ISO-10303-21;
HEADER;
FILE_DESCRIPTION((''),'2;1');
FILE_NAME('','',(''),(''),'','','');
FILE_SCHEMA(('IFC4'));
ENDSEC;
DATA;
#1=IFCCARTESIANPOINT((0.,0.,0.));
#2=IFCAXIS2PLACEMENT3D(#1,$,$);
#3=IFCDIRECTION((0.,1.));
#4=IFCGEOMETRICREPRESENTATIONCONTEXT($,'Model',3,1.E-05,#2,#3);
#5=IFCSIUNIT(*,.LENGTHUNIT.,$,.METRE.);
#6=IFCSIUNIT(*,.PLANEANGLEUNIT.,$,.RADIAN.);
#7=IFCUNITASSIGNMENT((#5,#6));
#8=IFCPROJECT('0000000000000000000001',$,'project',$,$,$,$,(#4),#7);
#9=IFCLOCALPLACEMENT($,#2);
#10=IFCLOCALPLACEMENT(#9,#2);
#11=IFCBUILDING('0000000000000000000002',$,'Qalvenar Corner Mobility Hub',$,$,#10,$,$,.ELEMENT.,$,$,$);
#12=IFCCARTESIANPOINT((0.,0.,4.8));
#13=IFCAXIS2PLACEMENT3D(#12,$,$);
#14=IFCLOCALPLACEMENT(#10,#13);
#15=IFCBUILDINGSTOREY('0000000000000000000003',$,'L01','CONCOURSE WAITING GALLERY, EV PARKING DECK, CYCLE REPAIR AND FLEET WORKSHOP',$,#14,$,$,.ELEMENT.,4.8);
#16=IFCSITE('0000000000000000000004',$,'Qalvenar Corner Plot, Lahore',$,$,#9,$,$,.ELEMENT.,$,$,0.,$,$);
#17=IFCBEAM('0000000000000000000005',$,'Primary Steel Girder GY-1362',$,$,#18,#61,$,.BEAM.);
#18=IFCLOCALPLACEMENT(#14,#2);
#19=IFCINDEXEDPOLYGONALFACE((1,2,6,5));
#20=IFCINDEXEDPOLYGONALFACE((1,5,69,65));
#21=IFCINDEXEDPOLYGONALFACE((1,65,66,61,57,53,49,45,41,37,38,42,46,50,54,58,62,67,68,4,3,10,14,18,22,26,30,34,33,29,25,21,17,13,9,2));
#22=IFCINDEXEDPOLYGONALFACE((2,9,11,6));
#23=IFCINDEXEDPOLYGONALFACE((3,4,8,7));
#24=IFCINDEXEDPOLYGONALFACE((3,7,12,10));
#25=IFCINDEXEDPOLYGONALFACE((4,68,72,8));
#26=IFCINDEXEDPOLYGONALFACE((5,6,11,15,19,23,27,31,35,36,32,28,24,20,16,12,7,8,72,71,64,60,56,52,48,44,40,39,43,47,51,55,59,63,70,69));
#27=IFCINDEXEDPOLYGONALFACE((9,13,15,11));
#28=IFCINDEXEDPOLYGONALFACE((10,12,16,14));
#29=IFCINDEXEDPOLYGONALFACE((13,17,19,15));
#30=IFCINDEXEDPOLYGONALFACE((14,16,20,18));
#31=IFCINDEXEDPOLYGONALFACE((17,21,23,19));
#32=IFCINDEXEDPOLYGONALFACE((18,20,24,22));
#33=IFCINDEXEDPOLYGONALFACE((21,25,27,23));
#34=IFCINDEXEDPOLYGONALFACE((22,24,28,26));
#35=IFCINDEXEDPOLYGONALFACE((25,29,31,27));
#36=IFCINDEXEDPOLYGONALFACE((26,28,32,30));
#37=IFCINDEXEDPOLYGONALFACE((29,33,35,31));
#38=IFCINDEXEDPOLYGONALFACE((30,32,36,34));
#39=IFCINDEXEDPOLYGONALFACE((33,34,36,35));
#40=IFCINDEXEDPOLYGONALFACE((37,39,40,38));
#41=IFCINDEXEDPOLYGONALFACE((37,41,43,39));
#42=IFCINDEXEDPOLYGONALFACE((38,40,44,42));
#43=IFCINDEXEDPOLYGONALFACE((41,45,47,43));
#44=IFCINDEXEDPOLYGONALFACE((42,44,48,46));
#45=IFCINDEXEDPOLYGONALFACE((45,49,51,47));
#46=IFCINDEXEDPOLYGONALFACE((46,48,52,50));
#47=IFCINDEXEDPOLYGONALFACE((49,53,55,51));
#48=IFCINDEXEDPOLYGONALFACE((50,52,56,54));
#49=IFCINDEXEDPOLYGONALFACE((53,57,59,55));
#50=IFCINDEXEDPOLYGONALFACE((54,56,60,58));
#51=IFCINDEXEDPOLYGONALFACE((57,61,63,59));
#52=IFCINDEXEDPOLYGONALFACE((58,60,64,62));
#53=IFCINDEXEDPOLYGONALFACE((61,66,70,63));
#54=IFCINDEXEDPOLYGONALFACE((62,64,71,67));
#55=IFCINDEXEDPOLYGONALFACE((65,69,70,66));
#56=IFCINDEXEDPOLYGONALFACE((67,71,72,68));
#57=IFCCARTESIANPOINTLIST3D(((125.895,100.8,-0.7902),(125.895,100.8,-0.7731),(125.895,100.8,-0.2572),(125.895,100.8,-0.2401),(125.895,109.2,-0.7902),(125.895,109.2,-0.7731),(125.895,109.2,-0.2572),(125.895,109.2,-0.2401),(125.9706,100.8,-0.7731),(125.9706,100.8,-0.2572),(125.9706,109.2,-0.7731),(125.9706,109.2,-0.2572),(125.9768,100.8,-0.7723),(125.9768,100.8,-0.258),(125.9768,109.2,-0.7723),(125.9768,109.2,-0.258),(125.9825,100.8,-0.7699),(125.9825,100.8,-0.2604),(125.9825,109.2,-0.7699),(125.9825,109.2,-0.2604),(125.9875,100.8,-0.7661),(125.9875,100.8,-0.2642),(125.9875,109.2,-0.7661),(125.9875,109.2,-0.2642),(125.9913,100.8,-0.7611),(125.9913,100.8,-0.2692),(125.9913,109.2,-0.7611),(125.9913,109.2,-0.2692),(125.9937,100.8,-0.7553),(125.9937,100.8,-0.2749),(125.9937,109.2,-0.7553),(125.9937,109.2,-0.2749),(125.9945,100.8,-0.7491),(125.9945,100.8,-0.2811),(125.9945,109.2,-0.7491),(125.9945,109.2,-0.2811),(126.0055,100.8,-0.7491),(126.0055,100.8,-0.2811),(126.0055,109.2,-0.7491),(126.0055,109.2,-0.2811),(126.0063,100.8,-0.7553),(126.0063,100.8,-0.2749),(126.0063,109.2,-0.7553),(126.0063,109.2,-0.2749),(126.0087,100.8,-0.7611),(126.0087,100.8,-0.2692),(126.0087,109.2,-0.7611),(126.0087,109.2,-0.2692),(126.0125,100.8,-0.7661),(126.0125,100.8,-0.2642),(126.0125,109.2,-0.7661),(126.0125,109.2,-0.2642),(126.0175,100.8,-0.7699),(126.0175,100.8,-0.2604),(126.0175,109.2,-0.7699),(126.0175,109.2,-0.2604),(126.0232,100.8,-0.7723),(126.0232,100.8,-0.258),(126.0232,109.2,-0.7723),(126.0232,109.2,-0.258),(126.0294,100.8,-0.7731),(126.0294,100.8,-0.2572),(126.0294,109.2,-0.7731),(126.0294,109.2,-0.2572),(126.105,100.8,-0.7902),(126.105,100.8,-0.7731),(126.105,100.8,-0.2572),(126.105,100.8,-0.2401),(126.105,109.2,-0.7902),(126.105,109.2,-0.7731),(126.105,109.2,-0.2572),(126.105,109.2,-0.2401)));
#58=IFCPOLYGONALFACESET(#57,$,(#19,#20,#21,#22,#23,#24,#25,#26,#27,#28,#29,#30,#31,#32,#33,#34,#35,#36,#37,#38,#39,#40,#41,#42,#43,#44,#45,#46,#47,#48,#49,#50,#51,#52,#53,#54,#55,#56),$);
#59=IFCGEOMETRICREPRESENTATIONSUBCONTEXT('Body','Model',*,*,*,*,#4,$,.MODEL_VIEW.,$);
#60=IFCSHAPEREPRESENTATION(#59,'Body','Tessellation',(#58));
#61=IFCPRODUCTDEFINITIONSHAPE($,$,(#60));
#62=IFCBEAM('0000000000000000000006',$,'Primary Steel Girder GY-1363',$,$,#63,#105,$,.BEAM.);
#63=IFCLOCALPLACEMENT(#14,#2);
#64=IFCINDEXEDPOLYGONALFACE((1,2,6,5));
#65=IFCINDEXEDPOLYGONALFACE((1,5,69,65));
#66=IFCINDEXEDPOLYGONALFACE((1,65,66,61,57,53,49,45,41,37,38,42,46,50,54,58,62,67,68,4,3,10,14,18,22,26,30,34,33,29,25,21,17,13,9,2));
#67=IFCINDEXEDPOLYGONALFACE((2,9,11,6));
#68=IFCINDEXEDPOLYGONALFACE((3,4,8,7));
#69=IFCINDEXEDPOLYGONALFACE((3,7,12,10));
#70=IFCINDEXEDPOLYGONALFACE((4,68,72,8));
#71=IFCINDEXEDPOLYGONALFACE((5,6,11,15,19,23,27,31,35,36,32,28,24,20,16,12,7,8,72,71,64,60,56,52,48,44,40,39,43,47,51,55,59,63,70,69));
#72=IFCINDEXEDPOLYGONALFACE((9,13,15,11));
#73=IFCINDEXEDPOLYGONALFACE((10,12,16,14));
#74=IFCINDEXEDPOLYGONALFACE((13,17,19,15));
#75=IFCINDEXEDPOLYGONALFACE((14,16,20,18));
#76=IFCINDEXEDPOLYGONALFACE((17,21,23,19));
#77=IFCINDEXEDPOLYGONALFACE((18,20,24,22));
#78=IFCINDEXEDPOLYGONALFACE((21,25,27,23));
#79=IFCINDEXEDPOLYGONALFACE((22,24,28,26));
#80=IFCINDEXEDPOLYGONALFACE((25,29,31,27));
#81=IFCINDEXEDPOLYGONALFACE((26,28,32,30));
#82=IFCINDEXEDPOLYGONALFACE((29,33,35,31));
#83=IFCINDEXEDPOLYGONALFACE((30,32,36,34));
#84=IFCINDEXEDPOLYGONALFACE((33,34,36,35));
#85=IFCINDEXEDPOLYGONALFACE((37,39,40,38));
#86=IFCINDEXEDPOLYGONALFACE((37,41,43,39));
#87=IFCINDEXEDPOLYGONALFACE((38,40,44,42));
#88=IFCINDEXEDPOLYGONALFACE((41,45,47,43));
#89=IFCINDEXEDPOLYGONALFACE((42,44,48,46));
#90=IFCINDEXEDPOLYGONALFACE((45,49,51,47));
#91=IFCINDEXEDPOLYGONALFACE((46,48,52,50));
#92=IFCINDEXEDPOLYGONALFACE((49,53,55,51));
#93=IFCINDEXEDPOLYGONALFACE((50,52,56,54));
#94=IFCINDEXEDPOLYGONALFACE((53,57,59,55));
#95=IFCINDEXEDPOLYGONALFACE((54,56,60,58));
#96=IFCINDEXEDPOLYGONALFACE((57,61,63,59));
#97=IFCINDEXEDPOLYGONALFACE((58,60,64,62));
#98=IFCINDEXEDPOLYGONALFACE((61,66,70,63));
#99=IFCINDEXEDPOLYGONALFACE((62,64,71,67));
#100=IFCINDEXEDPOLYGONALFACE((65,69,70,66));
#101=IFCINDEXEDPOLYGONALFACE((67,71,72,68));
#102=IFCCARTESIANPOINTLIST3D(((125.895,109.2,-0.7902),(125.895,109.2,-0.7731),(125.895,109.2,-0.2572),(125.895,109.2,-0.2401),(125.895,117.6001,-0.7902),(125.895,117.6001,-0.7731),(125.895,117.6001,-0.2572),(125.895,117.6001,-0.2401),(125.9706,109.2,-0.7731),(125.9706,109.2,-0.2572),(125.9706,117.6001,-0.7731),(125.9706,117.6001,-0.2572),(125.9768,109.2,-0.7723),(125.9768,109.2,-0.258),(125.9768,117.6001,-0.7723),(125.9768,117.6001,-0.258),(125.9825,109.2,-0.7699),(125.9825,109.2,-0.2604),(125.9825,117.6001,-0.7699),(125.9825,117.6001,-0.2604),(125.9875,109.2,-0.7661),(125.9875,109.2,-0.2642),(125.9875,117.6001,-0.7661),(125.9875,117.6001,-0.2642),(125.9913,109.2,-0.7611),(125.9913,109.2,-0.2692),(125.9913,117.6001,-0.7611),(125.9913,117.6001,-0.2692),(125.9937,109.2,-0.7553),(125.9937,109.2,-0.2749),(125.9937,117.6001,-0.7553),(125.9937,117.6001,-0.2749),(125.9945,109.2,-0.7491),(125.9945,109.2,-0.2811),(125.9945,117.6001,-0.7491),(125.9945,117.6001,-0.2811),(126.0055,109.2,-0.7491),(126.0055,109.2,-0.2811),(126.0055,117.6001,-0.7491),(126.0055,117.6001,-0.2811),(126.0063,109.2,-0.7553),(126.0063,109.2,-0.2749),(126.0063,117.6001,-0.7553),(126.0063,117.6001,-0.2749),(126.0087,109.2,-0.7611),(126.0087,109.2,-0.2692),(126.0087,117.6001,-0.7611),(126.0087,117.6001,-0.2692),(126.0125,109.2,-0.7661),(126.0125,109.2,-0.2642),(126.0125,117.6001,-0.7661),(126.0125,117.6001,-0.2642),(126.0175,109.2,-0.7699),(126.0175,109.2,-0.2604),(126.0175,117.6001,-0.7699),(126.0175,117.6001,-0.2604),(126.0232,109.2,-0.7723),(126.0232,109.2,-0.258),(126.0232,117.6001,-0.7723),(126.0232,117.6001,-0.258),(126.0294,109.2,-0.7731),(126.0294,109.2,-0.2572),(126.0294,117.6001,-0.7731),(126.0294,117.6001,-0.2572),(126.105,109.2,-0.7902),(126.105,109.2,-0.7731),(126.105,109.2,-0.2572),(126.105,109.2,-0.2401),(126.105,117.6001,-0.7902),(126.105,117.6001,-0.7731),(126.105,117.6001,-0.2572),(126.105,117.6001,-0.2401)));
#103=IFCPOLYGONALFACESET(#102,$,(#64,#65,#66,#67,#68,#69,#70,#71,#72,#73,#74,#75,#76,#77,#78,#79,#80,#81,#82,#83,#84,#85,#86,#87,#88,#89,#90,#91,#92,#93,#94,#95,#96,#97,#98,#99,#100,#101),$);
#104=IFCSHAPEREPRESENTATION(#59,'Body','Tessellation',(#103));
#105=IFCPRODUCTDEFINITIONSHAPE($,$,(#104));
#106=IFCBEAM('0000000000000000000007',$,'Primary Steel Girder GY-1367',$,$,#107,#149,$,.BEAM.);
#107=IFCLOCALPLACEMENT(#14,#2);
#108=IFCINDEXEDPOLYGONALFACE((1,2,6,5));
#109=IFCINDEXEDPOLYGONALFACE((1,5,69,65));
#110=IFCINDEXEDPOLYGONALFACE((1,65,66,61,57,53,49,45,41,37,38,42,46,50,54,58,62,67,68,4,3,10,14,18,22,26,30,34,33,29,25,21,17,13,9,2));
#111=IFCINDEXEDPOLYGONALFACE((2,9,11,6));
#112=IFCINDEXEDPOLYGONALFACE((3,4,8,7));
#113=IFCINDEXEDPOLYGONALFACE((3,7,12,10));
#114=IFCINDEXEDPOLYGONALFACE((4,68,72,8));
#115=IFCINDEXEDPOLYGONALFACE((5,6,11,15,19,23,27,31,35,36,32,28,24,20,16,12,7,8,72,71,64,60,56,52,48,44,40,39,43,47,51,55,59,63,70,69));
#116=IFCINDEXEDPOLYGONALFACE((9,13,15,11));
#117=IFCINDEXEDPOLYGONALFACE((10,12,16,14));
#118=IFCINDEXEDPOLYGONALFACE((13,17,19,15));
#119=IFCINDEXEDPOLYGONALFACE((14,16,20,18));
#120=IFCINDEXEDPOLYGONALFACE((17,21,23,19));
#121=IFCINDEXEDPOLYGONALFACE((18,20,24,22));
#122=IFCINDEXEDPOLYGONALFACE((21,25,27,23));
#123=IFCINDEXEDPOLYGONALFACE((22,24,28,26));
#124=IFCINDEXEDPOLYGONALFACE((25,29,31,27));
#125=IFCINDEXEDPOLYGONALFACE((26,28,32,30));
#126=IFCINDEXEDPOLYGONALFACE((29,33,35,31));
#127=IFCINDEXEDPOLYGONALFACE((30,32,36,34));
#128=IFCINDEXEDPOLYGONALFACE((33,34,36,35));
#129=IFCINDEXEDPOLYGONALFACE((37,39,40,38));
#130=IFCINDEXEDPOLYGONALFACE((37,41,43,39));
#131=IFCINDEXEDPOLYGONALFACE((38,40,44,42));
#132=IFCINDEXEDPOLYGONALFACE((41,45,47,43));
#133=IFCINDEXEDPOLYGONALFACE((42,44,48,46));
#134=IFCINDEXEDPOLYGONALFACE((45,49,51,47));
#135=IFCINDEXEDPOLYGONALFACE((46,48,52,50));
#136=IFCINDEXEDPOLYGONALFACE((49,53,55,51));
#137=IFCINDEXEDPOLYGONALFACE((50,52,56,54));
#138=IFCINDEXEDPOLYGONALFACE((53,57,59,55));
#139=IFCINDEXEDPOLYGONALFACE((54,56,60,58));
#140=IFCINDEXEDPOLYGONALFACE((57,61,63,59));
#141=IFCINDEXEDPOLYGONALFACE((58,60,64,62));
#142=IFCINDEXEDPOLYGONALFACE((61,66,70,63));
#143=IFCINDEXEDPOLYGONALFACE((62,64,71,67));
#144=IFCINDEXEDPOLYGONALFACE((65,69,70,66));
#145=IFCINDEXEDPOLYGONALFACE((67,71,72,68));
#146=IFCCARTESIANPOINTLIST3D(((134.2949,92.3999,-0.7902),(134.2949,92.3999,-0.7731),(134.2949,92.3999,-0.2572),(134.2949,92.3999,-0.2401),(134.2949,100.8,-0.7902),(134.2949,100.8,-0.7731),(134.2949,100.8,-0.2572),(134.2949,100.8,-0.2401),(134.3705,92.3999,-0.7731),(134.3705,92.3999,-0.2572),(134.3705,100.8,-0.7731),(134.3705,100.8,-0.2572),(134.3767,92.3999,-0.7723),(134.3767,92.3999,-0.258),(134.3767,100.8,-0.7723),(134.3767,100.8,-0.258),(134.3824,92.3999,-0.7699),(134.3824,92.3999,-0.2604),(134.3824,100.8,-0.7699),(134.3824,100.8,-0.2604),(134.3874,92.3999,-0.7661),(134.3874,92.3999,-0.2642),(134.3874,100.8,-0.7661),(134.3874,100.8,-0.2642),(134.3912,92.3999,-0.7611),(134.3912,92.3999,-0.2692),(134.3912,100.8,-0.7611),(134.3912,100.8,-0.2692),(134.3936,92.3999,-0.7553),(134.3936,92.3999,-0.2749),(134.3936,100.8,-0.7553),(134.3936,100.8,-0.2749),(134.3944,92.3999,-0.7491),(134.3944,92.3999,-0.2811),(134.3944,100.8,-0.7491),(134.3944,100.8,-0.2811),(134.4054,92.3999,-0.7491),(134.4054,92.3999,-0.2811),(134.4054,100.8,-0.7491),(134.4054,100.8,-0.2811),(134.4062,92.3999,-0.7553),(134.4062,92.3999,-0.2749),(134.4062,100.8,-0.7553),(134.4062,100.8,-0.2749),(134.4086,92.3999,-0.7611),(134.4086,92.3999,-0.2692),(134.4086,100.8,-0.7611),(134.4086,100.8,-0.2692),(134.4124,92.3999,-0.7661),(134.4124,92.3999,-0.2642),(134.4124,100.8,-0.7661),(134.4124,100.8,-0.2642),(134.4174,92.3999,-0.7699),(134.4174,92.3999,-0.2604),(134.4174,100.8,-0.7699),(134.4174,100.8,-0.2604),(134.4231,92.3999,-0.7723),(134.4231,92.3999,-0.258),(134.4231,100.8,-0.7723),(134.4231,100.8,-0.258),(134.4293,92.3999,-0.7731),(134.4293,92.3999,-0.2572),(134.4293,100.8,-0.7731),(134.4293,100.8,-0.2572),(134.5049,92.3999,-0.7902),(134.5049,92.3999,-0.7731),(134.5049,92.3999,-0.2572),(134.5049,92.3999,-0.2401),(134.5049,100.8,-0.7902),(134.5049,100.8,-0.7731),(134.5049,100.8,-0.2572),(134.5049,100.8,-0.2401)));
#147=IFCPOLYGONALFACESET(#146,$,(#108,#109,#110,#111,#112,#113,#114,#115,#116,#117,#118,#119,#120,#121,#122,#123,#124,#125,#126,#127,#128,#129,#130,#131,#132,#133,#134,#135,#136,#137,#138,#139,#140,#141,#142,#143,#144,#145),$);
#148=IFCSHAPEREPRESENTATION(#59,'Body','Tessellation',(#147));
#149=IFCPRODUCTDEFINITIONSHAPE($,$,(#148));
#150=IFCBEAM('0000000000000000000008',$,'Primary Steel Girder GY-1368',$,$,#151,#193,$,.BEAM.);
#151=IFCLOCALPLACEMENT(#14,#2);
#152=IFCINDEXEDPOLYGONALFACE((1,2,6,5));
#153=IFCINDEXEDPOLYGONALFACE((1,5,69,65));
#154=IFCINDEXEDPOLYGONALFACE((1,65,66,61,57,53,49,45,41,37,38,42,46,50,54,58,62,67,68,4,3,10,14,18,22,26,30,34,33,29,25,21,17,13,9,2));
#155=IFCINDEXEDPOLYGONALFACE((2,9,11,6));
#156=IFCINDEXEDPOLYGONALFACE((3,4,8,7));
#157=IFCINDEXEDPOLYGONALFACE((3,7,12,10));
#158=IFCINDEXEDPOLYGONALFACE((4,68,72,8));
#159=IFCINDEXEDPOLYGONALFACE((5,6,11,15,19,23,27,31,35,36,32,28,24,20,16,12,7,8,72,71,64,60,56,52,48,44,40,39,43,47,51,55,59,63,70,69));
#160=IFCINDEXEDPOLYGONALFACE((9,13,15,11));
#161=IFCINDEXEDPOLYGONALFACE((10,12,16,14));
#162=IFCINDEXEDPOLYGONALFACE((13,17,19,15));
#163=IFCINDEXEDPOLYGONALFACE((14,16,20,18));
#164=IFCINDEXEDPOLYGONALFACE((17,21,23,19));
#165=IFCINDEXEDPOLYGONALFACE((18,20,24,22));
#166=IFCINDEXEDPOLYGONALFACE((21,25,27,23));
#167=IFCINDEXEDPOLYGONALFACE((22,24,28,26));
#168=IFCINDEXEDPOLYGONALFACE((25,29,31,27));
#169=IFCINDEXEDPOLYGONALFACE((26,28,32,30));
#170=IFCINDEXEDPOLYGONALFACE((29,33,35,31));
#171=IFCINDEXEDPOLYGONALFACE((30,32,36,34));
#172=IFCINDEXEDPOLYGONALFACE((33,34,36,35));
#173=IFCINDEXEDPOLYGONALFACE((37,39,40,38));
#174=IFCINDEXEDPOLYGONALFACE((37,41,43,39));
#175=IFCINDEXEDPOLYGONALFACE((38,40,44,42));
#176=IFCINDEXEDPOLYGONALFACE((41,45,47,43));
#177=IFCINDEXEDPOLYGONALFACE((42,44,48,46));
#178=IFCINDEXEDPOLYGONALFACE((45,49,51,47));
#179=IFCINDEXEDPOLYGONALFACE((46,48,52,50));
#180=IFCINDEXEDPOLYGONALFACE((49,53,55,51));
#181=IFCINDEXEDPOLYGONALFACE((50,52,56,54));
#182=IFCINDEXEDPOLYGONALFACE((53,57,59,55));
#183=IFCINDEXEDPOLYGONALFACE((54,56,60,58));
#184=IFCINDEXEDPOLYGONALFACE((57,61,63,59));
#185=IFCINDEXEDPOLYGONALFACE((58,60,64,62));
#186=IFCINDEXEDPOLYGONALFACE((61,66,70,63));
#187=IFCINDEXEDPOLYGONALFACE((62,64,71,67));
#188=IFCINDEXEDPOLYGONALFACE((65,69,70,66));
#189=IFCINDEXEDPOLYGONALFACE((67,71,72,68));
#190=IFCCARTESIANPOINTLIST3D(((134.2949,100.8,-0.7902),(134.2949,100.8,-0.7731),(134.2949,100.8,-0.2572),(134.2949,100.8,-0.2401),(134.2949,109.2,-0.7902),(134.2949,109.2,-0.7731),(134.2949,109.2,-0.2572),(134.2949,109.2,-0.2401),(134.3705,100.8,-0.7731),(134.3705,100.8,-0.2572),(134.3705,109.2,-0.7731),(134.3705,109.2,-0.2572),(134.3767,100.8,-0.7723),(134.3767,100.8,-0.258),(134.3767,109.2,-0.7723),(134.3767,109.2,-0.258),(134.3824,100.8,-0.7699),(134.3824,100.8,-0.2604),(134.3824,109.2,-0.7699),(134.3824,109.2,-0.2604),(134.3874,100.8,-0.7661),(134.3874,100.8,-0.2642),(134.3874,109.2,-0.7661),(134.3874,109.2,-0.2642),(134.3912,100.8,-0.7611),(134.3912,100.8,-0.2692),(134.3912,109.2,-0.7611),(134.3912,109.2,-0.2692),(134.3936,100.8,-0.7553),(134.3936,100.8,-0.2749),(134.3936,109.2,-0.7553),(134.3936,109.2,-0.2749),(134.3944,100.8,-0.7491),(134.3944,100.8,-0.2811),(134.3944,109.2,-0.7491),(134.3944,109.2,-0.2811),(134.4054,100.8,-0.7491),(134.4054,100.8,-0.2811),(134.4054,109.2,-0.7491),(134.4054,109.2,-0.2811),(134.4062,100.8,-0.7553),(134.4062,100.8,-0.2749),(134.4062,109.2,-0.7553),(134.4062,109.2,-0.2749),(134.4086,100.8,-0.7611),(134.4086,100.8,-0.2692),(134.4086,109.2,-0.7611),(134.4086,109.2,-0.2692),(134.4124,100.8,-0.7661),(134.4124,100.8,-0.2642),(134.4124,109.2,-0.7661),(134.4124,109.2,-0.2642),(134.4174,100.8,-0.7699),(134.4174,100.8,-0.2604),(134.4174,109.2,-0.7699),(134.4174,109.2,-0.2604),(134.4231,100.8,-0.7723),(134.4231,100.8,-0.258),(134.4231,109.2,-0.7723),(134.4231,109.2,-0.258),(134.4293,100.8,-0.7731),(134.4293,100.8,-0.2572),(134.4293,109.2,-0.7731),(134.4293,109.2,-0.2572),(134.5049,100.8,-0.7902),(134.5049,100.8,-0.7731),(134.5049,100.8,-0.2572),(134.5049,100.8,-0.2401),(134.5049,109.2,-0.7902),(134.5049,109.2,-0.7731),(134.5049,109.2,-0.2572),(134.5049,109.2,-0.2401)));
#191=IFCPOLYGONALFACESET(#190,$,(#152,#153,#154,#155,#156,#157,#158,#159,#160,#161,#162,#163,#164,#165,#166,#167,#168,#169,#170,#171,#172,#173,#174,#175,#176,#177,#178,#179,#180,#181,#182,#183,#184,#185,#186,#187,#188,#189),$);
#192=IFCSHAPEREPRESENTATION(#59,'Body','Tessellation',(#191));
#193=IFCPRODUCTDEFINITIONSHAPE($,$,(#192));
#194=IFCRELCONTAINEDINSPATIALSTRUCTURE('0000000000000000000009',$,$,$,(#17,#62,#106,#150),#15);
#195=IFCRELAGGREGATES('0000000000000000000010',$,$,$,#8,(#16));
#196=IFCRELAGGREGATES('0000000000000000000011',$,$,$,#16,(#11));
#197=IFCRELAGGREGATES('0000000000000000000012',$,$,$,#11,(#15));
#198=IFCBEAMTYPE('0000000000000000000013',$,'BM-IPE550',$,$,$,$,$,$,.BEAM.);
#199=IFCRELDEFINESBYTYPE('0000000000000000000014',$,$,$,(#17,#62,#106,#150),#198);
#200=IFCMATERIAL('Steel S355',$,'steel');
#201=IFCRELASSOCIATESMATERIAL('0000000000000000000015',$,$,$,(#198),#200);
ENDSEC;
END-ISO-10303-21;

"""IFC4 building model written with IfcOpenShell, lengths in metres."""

from ifc_helpers import new_model, si_unit, direction, frame, origin, origin_2d, place, context, subcontext, project, spatial, i_section, extrude, material, material_profile, profile_set, type_object, element, save


model = new_model("IFC4")

# Units and contexts
model_context = context("Model", 3, precision=1e-05, world=origin(), true_north=direction((0.0, 1.0)))
body_context = subcontext(model_context, "Body", "Model", "MODEL_VIEW")
ifc_project = project(units=[si_unit("LENGTHUNIT", "METRE"), si_unit("PLANEANGLEUNIT", "RADIAN")], contexts=[model_context])

# Site, building, storey
site_placement = place(None, origin())
site = spatial("IfcSite", under=ifc_project, at=site_placement, Name="Qalvenar Corner Plot, Lahore", CompositionType="ELEMENT", RefElevation=0.0)
building_placement = place(site_placement, origin())
building = spatial("IfcBuilding", under=site, at=building_placement, Name="Qalvenar Corner Mobility Hub", CompositionType="ELEMENT")
storey_placement = place(building_placement, frame((0.0, 0.0, 4.8)))
storey = spatial("IfcBuildingStorey", under=building, at=storey_placement, Name="L01", Description="CONCOURSE WAITING GALLERY, EV PARKING DECK, CYCLE REPAIR AND FLEET WORKSHOP", CompositionType="ELEMENT", Elevation=4.8)

# Shared definitions
ifc_material_1 = material(Name="Steel S355", Category="steel")

# Beams
ifc_material_profile_1 = material_profile(ifc_material_1, i_section(OverallWidth=0.21, OverallDepth=0.55, WebThickness=0.011, FlangeThickness=0.0171, FilletRadius=0.0239, at=origin_2d()), Name="IPE550")
ifc_profile_set_1 = profile_set([ifc_material_profile_1], Name="Steel S355")
beam_type_1 = type_object("IfcBeamType", Name="BM-IPE550", PredefinedType="BEAM", material=ifc_profile_set_1)
beam_1_placement = place(storey_placement, frame((126.0, 100.8, -0.5151), z_axis=(0.0, 1.0, 0.0), x_axis=(-1.0, 0.0, 0.0)))
element("IfcBeam", 1, at=beam_1_placement, inside=storey, type_object=beam_type_1, Name="Primary Steel Girder GY-1362", PredefinedType="BEAM", context=body_context, shape_type="SweptSolid", body=[
    extrude(i_section(OverallWidth=0.21, OverallDepth=0.55, WebThickness=0.011, FlangeThickness=0.0171, FilletRadius=0.0239, at=origin_2d()), origin(), (0.0, 0.0, 1.0), 8.3999),
])
for number, where, z_axis, x_axis, name in (
    (2, (126.0, 109.2, -0.5151), (0.0, 1.0, 0.0), (-1.0, 0.0, 0.0), "Primary Steel Girder GY-1363"),
    (3, (134.3999, 92.3999, -0.5151), (0.0, 1.0, 0.0), (-1.0, 0.0, 0.0), "Primary Steel Girder GY-1367"),
):
    element("IfcBeam", number, at=place(storey_placement, frame(where, z_axis=z_axis, x_axis=x_axis)), inside=storey, type_object=beam_type_1, Name=name, PredefinedType="BEAM", context=body_context, shape_type="SweptSolid", body=[
        extrude(i_section(OverallWidth=0.21, OverallDepth=0.55, WebThickness=0.011, FlangeThickness=0.0171, FilletRadius=0.0239, at=origin_2d()), origin(), (0.0, 0.0, 1.0), 8.4001),
    ])
beam_2_placement = place(storey_placement, frame((134.3999, 100.8, -0.5151), z_axis=(0.0, 1.0, 0.0), x_axis=(-1.0, 0.0, 0.0)))
element("IfcBeam", 4, at=beam_2_placement, inside=storey, type_object=beam_type_1, Name="Primary Steel Girder GY-1368", PredefinedType="BEAM", context=body_context, shape_type="SweptSolid", body=[
    extrude(i_section(OverallWidth=0.21, OverallDepth=0.55, WebThickness=0.011, FlangeThickness=0.0171, FilletRadius=0.0239, at=origin_2d()), origin(), (0.0, 0.0, 1.0), 8.3999),
])

save(model, "model.ifc")
